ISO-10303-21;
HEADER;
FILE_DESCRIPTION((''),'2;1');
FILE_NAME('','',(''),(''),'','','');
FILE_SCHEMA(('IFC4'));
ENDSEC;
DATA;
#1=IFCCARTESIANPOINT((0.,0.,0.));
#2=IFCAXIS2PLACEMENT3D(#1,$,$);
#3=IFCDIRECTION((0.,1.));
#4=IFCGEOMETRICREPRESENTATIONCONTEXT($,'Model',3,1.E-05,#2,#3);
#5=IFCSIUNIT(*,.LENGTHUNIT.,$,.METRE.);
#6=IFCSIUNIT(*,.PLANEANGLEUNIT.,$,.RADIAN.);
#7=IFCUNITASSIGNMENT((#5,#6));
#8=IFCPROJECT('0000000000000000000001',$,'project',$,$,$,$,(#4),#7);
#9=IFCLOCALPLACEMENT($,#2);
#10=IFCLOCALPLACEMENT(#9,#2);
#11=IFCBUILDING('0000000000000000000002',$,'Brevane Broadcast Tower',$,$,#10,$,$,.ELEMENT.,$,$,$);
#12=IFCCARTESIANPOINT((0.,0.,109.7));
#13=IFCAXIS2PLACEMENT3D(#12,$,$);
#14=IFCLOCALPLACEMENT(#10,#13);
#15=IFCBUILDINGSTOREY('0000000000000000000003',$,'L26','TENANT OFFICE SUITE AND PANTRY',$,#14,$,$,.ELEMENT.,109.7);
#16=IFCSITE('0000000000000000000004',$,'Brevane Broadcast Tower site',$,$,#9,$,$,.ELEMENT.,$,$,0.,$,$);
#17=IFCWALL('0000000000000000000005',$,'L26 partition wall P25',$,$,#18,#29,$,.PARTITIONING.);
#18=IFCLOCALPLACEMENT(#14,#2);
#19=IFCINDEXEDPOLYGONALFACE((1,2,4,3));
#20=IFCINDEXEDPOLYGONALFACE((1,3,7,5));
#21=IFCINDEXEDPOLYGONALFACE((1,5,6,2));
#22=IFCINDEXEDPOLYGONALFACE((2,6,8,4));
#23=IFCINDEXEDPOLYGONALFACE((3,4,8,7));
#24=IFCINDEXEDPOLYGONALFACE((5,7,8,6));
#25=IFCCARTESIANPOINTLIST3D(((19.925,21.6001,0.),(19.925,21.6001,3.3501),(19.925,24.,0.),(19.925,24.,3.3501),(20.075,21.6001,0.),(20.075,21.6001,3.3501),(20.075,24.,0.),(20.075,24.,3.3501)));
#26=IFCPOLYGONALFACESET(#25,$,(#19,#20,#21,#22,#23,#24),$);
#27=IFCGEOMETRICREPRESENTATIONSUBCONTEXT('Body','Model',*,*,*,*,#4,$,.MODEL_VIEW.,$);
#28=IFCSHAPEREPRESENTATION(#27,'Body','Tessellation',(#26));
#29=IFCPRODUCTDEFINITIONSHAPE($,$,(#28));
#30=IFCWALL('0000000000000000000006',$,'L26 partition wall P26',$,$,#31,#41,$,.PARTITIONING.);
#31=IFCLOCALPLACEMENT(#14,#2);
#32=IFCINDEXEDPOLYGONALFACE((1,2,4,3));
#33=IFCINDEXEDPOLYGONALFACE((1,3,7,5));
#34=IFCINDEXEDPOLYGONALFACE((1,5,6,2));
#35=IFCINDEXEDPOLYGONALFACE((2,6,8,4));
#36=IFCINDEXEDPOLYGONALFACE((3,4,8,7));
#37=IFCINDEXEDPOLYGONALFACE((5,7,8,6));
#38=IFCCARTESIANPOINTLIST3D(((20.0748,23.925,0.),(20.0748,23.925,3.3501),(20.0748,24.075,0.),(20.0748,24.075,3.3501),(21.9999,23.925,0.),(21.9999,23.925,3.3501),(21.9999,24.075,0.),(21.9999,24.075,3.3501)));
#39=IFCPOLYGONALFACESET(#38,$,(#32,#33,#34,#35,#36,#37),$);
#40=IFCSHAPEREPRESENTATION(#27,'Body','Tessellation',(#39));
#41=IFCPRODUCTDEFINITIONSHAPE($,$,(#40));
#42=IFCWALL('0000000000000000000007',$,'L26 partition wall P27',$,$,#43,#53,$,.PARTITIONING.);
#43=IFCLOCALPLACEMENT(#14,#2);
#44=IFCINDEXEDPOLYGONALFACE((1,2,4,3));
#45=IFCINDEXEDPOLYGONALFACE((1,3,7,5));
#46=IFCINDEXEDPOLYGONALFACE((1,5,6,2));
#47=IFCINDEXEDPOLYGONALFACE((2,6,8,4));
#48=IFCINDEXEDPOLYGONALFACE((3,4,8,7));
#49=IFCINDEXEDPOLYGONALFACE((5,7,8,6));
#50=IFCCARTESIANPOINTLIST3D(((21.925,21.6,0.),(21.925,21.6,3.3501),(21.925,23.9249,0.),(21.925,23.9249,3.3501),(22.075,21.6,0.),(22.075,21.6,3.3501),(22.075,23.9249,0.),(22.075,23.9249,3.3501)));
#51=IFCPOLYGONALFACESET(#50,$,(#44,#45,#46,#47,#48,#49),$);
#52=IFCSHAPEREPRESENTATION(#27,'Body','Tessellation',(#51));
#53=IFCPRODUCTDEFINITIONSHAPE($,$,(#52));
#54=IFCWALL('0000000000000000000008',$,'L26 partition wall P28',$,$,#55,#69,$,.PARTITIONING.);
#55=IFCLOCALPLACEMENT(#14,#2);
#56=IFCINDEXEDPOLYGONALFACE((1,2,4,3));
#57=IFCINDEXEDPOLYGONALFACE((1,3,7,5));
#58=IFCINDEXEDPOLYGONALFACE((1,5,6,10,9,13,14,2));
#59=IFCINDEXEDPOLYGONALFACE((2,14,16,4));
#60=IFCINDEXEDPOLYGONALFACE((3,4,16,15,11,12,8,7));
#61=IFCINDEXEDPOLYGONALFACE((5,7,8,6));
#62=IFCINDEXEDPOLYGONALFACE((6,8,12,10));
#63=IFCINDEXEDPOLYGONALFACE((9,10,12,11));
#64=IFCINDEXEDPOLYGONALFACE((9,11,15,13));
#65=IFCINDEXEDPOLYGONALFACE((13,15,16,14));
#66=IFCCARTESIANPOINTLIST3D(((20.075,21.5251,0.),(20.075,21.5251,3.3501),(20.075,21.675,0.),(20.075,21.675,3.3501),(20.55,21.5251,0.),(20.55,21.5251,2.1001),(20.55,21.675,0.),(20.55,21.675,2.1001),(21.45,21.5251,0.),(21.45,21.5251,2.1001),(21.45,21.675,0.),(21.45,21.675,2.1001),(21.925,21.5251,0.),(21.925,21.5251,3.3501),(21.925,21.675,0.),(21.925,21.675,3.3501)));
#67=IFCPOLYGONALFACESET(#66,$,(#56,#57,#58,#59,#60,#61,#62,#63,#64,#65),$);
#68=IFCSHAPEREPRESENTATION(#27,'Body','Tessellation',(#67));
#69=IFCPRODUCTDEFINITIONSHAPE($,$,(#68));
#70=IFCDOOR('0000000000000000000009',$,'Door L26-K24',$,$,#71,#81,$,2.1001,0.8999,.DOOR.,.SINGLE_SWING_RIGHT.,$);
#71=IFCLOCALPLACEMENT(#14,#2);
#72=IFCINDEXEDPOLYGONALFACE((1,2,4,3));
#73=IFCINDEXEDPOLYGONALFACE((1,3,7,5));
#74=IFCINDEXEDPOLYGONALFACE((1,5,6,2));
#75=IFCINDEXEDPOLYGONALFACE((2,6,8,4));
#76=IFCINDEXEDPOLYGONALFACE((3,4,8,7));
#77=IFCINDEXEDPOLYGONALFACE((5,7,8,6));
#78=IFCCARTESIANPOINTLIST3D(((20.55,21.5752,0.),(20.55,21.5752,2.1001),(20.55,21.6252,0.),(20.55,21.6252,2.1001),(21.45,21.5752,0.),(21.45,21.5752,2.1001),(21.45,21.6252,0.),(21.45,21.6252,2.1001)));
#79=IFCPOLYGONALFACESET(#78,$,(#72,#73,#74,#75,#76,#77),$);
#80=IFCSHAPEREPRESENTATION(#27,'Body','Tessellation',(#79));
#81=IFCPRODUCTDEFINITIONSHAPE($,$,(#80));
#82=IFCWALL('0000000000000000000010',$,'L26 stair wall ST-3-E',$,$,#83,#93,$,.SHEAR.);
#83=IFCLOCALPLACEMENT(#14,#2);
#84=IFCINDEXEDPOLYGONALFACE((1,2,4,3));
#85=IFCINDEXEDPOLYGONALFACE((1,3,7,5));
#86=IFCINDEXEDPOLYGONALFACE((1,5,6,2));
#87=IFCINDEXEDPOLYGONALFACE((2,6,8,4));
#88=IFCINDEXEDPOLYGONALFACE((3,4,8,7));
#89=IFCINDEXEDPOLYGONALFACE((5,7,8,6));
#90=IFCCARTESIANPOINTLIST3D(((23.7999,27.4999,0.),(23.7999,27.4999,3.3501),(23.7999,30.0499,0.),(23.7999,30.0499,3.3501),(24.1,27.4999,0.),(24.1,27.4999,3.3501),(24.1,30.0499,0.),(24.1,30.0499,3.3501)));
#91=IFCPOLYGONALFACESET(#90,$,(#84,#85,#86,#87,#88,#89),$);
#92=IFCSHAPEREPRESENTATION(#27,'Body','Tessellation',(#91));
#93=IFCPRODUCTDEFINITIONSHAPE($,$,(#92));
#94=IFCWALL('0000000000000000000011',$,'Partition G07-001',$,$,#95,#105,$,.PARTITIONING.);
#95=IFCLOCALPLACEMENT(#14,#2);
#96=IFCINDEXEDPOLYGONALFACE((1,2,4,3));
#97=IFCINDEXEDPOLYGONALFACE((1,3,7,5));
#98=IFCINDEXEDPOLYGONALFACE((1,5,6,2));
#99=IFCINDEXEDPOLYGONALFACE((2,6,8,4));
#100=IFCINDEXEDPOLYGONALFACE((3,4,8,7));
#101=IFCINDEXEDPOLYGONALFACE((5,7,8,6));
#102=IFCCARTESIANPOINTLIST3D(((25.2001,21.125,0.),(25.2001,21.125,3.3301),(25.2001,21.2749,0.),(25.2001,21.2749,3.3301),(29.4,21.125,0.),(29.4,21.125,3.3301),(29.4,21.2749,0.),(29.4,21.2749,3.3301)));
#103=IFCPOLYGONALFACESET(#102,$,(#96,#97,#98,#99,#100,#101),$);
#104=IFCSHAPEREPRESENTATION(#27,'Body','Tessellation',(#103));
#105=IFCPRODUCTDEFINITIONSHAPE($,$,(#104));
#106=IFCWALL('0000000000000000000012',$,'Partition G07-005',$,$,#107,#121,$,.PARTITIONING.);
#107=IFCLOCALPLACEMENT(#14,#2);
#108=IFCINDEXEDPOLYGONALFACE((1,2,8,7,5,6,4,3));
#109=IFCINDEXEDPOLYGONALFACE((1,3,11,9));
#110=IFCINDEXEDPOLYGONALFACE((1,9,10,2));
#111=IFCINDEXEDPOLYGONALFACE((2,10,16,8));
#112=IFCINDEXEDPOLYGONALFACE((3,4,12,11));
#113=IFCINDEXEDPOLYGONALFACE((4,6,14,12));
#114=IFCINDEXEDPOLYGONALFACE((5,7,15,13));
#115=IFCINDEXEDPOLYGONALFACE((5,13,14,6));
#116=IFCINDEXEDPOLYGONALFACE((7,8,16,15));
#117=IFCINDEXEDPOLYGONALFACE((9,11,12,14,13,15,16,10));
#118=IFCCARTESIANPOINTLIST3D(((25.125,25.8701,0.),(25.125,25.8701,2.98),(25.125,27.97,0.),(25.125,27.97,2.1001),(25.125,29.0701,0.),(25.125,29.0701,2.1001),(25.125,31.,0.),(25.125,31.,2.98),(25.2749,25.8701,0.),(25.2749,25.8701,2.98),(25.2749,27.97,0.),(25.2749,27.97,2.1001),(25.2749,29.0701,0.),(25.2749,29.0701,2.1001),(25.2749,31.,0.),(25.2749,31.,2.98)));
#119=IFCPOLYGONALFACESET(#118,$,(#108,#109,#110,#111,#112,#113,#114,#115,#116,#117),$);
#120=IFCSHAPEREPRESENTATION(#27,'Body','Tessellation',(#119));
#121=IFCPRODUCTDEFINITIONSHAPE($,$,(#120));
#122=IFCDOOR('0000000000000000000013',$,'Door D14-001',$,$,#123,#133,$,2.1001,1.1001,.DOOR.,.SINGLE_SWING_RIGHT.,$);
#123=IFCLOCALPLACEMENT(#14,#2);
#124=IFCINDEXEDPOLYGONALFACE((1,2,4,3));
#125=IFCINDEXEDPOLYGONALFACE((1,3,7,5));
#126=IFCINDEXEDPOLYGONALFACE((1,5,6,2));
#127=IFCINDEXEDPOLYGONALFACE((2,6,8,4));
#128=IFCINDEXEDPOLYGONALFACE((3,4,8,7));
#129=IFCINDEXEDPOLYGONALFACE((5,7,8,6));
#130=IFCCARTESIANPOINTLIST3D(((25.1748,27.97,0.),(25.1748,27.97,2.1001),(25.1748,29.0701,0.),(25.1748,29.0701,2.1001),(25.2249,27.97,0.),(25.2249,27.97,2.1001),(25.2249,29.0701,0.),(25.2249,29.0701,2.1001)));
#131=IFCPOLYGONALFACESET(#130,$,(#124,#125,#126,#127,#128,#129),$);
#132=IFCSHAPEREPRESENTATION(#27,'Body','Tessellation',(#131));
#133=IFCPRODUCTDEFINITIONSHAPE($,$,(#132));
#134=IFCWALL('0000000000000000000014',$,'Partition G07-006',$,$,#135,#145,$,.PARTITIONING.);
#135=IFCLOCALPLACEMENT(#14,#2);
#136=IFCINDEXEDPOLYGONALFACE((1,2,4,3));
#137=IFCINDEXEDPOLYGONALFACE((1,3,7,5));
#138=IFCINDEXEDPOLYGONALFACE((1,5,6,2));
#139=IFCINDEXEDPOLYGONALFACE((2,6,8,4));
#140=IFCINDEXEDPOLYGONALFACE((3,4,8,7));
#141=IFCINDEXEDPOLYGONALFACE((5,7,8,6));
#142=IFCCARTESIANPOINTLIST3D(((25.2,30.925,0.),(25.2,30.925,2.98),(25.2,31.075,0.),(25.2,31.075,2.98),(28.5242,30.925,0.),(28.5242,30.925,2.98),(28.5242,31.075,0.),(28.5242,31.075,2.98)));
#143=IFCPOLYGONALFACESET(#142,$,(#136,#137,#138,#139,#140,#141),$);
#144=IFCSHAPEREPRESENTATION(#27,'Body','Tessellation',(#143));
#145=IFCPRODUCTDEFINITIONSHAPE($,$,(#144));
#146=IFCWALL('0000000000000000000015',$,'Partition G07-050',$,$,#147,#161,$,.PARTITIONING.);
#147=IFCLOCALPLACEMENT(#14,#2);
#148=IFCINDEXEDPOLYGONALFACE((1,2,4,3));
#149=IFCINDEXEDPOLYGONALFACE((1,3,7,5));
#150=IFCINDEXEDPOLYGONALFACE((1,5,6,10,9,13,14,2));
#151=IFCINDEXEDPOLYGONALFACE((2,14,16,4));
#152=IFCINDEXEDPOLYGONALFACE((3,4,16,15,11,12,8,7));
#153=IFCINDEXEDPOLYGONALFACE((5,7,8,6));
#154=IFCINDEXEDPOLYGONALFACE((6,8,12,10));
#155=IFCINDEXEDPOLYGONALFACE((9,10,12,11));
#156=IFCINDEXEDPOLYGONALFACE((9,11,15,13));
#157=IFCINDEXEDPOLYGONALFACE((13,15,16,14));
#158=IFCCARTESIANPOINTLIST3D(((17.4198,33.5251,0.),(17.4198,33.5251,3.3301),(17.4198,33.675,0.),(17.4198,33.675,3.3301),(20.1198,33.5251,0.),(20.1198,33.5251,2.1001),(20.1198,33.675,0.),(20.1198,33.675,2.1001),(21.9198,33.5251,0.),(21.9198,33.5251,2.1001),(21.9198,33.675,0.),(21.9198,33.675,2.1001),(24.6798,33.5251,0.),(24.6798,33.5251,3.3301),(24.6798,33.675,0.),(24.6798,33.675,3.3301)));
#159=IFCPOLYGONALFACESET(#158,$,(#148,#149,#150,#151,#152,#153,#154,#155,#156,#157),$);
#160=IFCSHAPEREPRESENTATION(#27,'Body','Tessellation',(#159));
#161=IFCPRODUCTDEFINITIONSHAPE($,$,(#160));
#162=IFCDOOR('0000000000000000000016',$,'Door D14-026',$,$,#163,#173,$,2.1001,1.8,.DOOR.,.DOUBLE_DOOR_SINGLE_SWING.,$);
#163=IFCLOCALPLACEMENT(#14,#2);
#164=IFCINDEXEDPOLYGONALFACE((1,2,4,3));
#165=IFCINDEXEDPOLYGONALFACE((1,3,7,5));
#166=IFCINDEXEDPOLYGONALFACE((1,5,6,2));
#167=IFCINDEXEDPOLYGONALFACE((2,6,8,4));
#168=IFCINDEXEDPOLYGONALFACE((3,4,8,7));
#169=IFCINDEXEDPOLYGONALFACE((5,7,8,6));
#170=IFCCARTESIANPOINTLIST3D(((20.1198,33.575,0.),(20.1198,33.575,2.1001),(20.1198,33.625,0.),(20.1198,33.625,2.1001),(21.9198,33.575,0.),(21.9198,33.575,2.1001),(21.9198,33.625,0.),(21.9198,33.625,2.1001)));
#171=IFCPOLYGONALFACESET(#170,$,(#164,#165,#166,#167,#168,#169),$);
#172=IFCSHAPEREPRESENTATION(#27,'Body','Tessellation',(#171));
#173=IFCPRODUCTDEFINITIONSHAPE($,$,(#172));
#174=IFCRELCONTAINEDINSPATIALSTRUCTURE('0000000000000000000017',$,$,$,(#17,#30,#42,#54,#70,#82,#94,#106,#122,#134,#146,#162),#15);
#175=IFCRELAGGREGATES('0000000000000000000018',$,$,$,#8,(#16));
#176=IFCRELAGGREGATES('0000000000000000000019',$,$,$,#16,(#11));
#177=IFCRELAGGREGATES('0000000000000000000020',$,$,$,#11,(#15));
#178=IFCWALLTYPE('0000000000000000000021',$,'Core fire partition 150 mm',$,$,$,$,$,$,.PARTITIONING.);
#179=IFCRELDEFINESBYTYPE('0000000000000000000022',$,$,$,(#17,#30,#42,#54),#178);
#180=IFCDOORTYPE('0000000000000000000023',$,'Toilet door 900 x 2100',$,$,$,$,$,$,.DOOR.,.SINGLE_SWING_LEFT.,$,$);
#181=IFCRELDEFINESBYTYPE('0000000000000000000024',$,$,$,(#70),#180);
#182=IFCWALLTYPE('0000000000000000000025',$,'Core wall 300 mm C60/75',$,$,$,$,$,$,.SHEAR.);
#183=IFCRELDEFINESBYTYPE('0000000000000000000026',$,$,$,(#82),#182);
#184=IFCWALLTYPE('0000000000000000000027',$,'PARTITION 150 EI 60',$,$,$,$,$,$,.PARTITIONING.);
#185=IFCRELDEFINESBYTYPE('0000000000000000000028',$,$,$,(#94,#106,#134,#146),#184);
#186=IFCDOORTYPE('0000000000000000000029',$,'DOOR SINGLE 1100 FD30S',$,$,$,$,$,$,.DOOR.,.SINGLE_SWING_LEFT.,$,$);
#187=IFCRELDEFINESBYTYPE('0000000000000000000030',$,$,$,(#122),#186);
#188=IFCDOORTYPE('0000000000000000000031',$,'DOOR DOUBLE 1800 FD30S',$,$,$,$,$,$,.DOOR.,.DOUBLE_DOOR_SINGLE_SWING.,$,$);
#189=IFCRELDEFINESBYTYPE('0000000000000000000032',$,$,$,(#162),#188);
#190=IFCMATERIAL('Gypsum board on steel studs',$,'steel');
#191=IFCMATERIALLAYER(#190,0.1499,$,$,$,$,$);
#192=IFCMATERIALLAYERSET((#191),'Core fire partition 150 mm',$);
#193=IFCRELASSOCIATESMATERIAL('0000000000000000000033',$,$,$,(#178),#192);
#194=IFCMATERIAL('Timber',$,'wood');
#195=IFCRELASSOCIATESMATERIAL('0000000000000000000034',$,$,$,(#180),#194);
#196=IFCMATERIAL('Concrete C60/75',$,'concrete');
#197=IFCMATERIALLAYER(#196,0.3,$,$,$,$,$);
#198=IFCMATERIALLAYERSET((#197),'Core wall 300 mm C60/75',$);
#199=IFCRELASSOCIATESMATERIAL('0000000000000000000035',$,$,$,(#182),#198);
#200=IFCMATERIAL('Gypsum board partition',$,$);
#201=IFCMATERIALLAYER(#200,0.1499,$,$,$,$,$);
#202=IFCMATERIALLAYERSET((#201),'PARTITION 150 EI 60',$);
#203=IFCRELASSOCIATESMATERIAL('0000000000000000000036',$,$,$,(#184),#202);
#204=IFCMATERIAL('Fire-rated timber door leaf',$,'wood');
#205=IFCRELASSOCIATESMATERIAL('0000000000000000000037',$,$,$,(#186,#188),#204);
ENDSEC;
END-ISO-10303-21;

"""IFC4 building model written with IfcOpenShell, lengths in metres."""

from ifc_helpers import new_model, si_unit, direction, frame, frame_2d, origin, place, context, subcontext, project, spatial, polyline, rectangle, outline, extrude, material, layer, layer_set, type_object, element, fill, save


model = new_model("IFC4")

# Units and contexts
model_context = context("Model", 3, precision=1e-05, world=origin(), true_north=direction((0.0, 1.0)))
body_context = subcontext(model_context, "Body", "Model", "MODEL_VIEW")
ifc_project = project(units=[si_unit("LENGTHUNIT", "METRE"), si_unit("PLANEANGLEUNIT", "RADIAN")], contexts=[model_context])

# Site, building, storey
site_placement = place(None, origin())
site = spatial("IfcSite", under=ifc_project, at=site_placement, Name="Brevane Broadcast Tower site", CompositionType="ELEMENT", RefElevation=0.0)
building_placement = place(site_placement, origin())
building = spatial("IfcBuilding", under=site, at=building_placement, Name="Brevane Broadcast Tower", CompositionType="ELEMENT")
storey_placement = place(building_placement, frame((0.0, 0.0, 109.7)))
storey = spatial("IfcBuildingStorey", under=building, at=storey_placement, Name="L26", Description="TENANT OFFICE SUITE AND PANTRY", CompositionType="ELEMENT", Elevation=109.7)

# Shared definitions
ifc_material_1 = material(Name="Concrete C60/75", Category="concrete")

# Shared definitions
ifc_material_2 = material(Name="Gypsum board on steel studs", Category="steel")
ifc_layer_1 = layer(ifc_material_2, 0.1499)
ifc_layer_set_1 = layer_set([ifc_layer_1], Name="Core fire partition 150 mm")
wall_type_1 = type_object("IfcWallType", Name="Core fire partition 150 mm", PredefinedType="PARTITIONING", material=ifc_layer_set_1)

# Walls
wall_1_placement = place(storey_placement, frame((20.0, 21.6001, 0.0), z_axis=(0.0, 0.0, 1.0), x_axis=(0.0, 1.0, 0.0)))
element("IfcWall", 1, at=wall_1_placement, inside=storey, type_object=wall_type_1, Name="L26 partition wall P25", PredefinedType="PARTITIONING", context=body_context, shape_type="SweptSolid", body=[
    extrude(rectangle(XDim=2.3999, YDim=0.1499, at=frame_2d((1.2, 0.0))), origin(), (0.0, 0.0, 1.0), 3.3501),
])
wall_2_placement = place(storey_placement, frame((20.075, 24.0, 0.0), z_axis=(0.0, 0.0, 1.0), x_axis=(1.0, 0.0, 0.0)))
element("IfcWall", 2, at=wall_2_placement, inside=storey, type_object=wall_type_1, Name="L26 partition wall P26", PredefinedType="PARTITIONING", context=body_context, shape_type="SweptSolid", body=[
    extrude(rectangle(XDim=1.925, YDim=0.1499, at=frame_2d((0.9624, 0.0))), origin(), (0.0, 0.0, 1.0), 3.3501),
])
wall_3_placement = place(storey_placement, frame((22.0, 23.925, 0.0), z_axis=(0.0, 0.0, 1.0), x_axis=(0.0, -1.0, 0.0)))
element("IfcWall", 3, at=wall_3_placement, inside=storey, type_object=wall_type_1, Name="L26 partition wall P27", PredefinedType="PARTITIONING", context=body_context, shape_type="SweptSolid", body=[
    extrude(rectangle(XDim=2.325, YDim=0.1499, at=frame_2d((1.1626, 0.0))), origin(), (0.0, 0.0, 1.0), 3.3501),
])

# Wall, opening, door
wall_4_placement = place(storey_placement, frame((21.925, 21.6001, 0.0), z_axis=(0.0, 0.0, 1.0), x_axis=(-1.0, 0.0, 0.0)))
wall_4 = element("IfcWall", 4, at=wall_4_placement, inside=storey, type_object=wall_type_1, Name="L26 partition wall P28", PredefinedType="PARTITIONING", context=body_context, shape_type="SweptSolid", body=[
    extrude(rectangle(XDim=1.8501, YDim=0.1499, at=frame_2d((0.925, 0.0))), origin(), (0.0, 0.0, 1.0), 3.3501),
])
opening_1_placement = place(wall_4_placement, frame((0.4751, 0.0, 0.0)))
opening_1 = element("IfcOpeningElement", 5, at=opening_1_placement, cuts=wall_4, PredefinedType="OPENING", context=body_context, shape_type="SweptSolid", body=[
    extrude(rectangle(XDim=0.8999, YDim=2.1001, at=frame_2d((0.45, 1.05))), frame((0.0, 0.085, 0.0), z_axis=(0.0, -1.0, 0.0), x_axis=(1.0, 0.0, 0.0)), (0.0, 0.0, 1.0), 0.1699),
])
ifc_material_3 = material(Name="Timber", Category="wood")
door_type_1 = type_object("IfcDoorType", Name="Toilet door 900 x 2100", OperationType="SINGLE_SWING_LEFT", PredefinedType="DOOR", material=ifc_material_3)
door_1_placement = place(opening_1_placement, origin())
door_1 = element("IfcDoor", 6, at=door_1_placement, inside=storey, type_object=door_type_1, Name="Door L26-K24", OperationType="SINGLE_SWING_RIGHT", OverallHeight=2.1001, OverallWidth=0.8999, PredefinedType="DOOR", context=body_context, shape_type="SweptSolid", body=[
    extrude(rectangle(XDim=0.8999, YDim=2.1001, at=frame_2d((0.45, 1.05))), frame((0.0, 0.0249, 0.0), z_axis=(0.0, -1.0, 0.0), x_axis=(1.0, 0.0, 0.0)), (0.0, 0.0, 1.0), 0.05),
])
fill(opening_1, door_1)

# Walls
ifc_layer_2 = layer(ifc_material_1, 0.3)
ifc_layer_set_2 = layer_set([ifc_layer_2], Name="Core wall 300 mm C60/75")
wall_type_2 = type_object("IfcWallType", Name="Core wall 300 mm C60/75", PredefinedType="SHEAR", material=ifc_layer_set_2)
wall_5_placement = place(storey_placement, frame((23.95, 27.5, 0.0), z_axis=(0.0, 0.0, 1.0), x_axis=(0.0, 1.0, 0.0)))
element("IfcWall", 7, at=wall_5_placement, inside=storey, type_object=wall_type_2, Name="L26 stair wall ST-3-E", PredefinedType="SHEAR", context=body_context, shape_type="SweptSolid", body=[
    extrude(rectangle(XDim=2.55, YDim=0.3, at=frame_2d((1.2749, 0.0))), origin(), (0.0, 0.0, 1.0), 3.3501),
])
ifc_material_4 = material(Name="Gypsum board partition")
ifc_layer_3 = layer(ifc_material_4, 0.1499)
ifc_layer_set_3 = layer_set([ifc_layer_3], Name="PARTITION 150 EI 60")
wall_type_3 = type_object("IfcWallType", Name="PARTITION 150 EI 60", PredefinedType="PARTITIONING", material=ifc_layer_set_3)
wall_6_placement = place(storey_placement, frame((25.2, 21.2, 0.0), z_axis=(0.0, 0.0, 1.0), x_axis=(1.0, 0.0, 0.0)))
element("IfcWall", 8, at=wall_6_placement, inside=storey, type_object=wall_type_3, Name="Partition G07-001", PredefinedType="PARTITIONING", context=body_context, shape_type="SweptSolid", body=[
    extrude(rectangle(XDim=4.2, YDim=0.1499, at=frame_2d((2.1001, 0.0))), origin(), (0.0, 0.0, 1.0), 3.3301),
])

# Wall, opening, door
wall_7_placement = place(storey_placement, frame((25.2, 31.0, 0.0), z_axis=(0.0, 0.0, 1.0), x_axis=(0.0, -1.0, 0.0)))
wall_7 = element("IfcWall", 9, at=wall_7_placement, inside=storey, type_object=wall_type_3, Name="Partition G07-005", PredefinedType="PARTITIONING", context=body_context, shape_type="SweptSolid", body=[
    extrude(outline(polyline([(0.0, 0.0), (5.1299, 0.0), (5.1299, 2.98), (0.0, 2.98), (0.0, 0.0)])), frame((0.0, 0.075, 0.0), z_axis=(0.0, -1.0, 0.0), x_axis=(1.0, 0.0, 0.0)), (0.0, 0.0, 1.0), 0.1499),
])
opening_2_placement = place(wall_7_placement, frame((1.9299, 0.0, 0.0)))
opening_2 = element("IfcOpeningElement", 10, at=opening_2_placement, cuts=wall_7, PredefinedType="OPENING", context=body_context, shape_type="SweptSolid", body=[
    extrude(rectangle(XDim=1.1001, YDim=2.1001, at=frame_2d((0.55, 1.05))), frame((0.0, 0.085, 0.0), z_axis=(0.0, -1.0, 0.0), x_axis=(1.0, 0.0, 0.0)), (0.0, 0.0, 1.0), 0.1699),
])
ifc_material_5 = material(Name="Fire-rated timber door leaf", Category="wood")
door_type_2 = type_object("IfcDoorType", Name="DOOR SINGLE 1100 FD30S", OperationType="SINGLE_SWING_LEFT", PredefinedType="DOOR", material=ifc_material_5)
door_2_placement = place(opening_2_placement, origin())
door_2 = element("IfcDoor", 11, at=door_2_placement, inside=storey, type_object=door_type_2, Name="Door D14-001", OperationType="SINGLE_SWING_RIGHT", OverallHeight=2.1001, OverallWidth=1.1001, PredefinedType="DOOR", context=body_context, shape_type="SweptSolid", body=[
    extrude(rectangle(XDim=1.1001, YDim=2.1001, at=frame_2d((0.55, 1.05))), frame((0.0, 0.0249, 0.0), z_axis=(0.0, -1.0, 0.0), x_axis=(1.0, 0.0, 0.0)), (0.0, 0.0, 1.0), 0.05),
])
fill(opening_2, door_2)

# Wall
wall_8_placement = place(storey_placement, frame((25.2, 31.0, 0.0), z_axis=(0.0, 0.0, 1.0), x_axis=(1.0, 0.0, 0.0)))
element("IfcWall", 12, at=wall_8_placement, inside=storey, type_object=wall_type_3, Name="Partition G07-006", PredefinedType="PARTITIONING", context=body_context, shape_type="SweptSolid", body=[
    extrude(rectangle(XDim=3.3242, YDim=0.1499, at=frame_2d((1.6621, 0.0))), origin(), (0.0, 0.0, 1.0), 2.98),
])

# Wall, opening, door
wall_9_placement = place(storey_placement, frame((17.4199, 33.6001, 0.0), z_axis=(0.0, 0.0, 1.0), x_axis=(1.0, 0.0, 0.0)))
wall_9 = element("IfcWall", 13, at=wall_9_placement, inside=storey, type_object=wall_type_3, Name="Partition G07-050", PredefinedType="PARTITIONING", context=body_context, shape_type="SweptSolid", body=[
    extrude(rectangle(XDim=7.26, YDim=0.1499, at=frame_2d((3.6299, 0.0))), origin(), (0.0, 0.0, 1.0), 3.3301),
])
opening_3_placement = place(wall_9_placement, frame((2.7, 0.0, 0.0)))
opening_3 = element("IfcOpeningElement", 14, at=opening_3_placement, cuts=wall_9, PredefinedType="OPENING", context=body_context, shape_type="SweptSolid", body=[
    extrude(rectangle(XDim=1.8, YDim=2.1001, at=frame_2d((0.8999, 1.05))), frame((0.0, 0.085, 0.0), z_axis=(0.0, -1.0, 0.0), x_axis=(1.0, 0.0, 0.0)), (0.0, 0.0, 1.0), 0.1699),
])
door_type_3 = type_object("IfcDoorType", Name="DOOR DOUBLE 1800 FD30S", OperationType="DOUBLE_DOOR_SINGLE_SWING", PredefinedType="DOOR", material=ifc_material_5)
door_3_placement = place(opening_3_placement, origin())
door_3 = element("IfcDoor", 15, at=door_3_placement, inside=storey, type_object=door_type_3, Name="Door D14-026", OperationType="DOUBLE_DOOR_SINGLE_SWING", OverallHeight=2.1001, OverallWidth=1.8, PredefinedType="DOOR", context=body_context, shape_type="SweptSolid", body=[
    extrude(rectangle(XDim=1.8, YDim=2.1001, at=frame_2d((0.8999, 1.05))), frame((0.0, 0.0249, 0.0), z_axis=(0.0, -1.0, 0.0), x_axis=(1.0, 0.0, 0.0)), (0.0, 0.0, 1.0), 0.05),
])
fill(opening_3, door_3)

save(model, "model.ifc")
